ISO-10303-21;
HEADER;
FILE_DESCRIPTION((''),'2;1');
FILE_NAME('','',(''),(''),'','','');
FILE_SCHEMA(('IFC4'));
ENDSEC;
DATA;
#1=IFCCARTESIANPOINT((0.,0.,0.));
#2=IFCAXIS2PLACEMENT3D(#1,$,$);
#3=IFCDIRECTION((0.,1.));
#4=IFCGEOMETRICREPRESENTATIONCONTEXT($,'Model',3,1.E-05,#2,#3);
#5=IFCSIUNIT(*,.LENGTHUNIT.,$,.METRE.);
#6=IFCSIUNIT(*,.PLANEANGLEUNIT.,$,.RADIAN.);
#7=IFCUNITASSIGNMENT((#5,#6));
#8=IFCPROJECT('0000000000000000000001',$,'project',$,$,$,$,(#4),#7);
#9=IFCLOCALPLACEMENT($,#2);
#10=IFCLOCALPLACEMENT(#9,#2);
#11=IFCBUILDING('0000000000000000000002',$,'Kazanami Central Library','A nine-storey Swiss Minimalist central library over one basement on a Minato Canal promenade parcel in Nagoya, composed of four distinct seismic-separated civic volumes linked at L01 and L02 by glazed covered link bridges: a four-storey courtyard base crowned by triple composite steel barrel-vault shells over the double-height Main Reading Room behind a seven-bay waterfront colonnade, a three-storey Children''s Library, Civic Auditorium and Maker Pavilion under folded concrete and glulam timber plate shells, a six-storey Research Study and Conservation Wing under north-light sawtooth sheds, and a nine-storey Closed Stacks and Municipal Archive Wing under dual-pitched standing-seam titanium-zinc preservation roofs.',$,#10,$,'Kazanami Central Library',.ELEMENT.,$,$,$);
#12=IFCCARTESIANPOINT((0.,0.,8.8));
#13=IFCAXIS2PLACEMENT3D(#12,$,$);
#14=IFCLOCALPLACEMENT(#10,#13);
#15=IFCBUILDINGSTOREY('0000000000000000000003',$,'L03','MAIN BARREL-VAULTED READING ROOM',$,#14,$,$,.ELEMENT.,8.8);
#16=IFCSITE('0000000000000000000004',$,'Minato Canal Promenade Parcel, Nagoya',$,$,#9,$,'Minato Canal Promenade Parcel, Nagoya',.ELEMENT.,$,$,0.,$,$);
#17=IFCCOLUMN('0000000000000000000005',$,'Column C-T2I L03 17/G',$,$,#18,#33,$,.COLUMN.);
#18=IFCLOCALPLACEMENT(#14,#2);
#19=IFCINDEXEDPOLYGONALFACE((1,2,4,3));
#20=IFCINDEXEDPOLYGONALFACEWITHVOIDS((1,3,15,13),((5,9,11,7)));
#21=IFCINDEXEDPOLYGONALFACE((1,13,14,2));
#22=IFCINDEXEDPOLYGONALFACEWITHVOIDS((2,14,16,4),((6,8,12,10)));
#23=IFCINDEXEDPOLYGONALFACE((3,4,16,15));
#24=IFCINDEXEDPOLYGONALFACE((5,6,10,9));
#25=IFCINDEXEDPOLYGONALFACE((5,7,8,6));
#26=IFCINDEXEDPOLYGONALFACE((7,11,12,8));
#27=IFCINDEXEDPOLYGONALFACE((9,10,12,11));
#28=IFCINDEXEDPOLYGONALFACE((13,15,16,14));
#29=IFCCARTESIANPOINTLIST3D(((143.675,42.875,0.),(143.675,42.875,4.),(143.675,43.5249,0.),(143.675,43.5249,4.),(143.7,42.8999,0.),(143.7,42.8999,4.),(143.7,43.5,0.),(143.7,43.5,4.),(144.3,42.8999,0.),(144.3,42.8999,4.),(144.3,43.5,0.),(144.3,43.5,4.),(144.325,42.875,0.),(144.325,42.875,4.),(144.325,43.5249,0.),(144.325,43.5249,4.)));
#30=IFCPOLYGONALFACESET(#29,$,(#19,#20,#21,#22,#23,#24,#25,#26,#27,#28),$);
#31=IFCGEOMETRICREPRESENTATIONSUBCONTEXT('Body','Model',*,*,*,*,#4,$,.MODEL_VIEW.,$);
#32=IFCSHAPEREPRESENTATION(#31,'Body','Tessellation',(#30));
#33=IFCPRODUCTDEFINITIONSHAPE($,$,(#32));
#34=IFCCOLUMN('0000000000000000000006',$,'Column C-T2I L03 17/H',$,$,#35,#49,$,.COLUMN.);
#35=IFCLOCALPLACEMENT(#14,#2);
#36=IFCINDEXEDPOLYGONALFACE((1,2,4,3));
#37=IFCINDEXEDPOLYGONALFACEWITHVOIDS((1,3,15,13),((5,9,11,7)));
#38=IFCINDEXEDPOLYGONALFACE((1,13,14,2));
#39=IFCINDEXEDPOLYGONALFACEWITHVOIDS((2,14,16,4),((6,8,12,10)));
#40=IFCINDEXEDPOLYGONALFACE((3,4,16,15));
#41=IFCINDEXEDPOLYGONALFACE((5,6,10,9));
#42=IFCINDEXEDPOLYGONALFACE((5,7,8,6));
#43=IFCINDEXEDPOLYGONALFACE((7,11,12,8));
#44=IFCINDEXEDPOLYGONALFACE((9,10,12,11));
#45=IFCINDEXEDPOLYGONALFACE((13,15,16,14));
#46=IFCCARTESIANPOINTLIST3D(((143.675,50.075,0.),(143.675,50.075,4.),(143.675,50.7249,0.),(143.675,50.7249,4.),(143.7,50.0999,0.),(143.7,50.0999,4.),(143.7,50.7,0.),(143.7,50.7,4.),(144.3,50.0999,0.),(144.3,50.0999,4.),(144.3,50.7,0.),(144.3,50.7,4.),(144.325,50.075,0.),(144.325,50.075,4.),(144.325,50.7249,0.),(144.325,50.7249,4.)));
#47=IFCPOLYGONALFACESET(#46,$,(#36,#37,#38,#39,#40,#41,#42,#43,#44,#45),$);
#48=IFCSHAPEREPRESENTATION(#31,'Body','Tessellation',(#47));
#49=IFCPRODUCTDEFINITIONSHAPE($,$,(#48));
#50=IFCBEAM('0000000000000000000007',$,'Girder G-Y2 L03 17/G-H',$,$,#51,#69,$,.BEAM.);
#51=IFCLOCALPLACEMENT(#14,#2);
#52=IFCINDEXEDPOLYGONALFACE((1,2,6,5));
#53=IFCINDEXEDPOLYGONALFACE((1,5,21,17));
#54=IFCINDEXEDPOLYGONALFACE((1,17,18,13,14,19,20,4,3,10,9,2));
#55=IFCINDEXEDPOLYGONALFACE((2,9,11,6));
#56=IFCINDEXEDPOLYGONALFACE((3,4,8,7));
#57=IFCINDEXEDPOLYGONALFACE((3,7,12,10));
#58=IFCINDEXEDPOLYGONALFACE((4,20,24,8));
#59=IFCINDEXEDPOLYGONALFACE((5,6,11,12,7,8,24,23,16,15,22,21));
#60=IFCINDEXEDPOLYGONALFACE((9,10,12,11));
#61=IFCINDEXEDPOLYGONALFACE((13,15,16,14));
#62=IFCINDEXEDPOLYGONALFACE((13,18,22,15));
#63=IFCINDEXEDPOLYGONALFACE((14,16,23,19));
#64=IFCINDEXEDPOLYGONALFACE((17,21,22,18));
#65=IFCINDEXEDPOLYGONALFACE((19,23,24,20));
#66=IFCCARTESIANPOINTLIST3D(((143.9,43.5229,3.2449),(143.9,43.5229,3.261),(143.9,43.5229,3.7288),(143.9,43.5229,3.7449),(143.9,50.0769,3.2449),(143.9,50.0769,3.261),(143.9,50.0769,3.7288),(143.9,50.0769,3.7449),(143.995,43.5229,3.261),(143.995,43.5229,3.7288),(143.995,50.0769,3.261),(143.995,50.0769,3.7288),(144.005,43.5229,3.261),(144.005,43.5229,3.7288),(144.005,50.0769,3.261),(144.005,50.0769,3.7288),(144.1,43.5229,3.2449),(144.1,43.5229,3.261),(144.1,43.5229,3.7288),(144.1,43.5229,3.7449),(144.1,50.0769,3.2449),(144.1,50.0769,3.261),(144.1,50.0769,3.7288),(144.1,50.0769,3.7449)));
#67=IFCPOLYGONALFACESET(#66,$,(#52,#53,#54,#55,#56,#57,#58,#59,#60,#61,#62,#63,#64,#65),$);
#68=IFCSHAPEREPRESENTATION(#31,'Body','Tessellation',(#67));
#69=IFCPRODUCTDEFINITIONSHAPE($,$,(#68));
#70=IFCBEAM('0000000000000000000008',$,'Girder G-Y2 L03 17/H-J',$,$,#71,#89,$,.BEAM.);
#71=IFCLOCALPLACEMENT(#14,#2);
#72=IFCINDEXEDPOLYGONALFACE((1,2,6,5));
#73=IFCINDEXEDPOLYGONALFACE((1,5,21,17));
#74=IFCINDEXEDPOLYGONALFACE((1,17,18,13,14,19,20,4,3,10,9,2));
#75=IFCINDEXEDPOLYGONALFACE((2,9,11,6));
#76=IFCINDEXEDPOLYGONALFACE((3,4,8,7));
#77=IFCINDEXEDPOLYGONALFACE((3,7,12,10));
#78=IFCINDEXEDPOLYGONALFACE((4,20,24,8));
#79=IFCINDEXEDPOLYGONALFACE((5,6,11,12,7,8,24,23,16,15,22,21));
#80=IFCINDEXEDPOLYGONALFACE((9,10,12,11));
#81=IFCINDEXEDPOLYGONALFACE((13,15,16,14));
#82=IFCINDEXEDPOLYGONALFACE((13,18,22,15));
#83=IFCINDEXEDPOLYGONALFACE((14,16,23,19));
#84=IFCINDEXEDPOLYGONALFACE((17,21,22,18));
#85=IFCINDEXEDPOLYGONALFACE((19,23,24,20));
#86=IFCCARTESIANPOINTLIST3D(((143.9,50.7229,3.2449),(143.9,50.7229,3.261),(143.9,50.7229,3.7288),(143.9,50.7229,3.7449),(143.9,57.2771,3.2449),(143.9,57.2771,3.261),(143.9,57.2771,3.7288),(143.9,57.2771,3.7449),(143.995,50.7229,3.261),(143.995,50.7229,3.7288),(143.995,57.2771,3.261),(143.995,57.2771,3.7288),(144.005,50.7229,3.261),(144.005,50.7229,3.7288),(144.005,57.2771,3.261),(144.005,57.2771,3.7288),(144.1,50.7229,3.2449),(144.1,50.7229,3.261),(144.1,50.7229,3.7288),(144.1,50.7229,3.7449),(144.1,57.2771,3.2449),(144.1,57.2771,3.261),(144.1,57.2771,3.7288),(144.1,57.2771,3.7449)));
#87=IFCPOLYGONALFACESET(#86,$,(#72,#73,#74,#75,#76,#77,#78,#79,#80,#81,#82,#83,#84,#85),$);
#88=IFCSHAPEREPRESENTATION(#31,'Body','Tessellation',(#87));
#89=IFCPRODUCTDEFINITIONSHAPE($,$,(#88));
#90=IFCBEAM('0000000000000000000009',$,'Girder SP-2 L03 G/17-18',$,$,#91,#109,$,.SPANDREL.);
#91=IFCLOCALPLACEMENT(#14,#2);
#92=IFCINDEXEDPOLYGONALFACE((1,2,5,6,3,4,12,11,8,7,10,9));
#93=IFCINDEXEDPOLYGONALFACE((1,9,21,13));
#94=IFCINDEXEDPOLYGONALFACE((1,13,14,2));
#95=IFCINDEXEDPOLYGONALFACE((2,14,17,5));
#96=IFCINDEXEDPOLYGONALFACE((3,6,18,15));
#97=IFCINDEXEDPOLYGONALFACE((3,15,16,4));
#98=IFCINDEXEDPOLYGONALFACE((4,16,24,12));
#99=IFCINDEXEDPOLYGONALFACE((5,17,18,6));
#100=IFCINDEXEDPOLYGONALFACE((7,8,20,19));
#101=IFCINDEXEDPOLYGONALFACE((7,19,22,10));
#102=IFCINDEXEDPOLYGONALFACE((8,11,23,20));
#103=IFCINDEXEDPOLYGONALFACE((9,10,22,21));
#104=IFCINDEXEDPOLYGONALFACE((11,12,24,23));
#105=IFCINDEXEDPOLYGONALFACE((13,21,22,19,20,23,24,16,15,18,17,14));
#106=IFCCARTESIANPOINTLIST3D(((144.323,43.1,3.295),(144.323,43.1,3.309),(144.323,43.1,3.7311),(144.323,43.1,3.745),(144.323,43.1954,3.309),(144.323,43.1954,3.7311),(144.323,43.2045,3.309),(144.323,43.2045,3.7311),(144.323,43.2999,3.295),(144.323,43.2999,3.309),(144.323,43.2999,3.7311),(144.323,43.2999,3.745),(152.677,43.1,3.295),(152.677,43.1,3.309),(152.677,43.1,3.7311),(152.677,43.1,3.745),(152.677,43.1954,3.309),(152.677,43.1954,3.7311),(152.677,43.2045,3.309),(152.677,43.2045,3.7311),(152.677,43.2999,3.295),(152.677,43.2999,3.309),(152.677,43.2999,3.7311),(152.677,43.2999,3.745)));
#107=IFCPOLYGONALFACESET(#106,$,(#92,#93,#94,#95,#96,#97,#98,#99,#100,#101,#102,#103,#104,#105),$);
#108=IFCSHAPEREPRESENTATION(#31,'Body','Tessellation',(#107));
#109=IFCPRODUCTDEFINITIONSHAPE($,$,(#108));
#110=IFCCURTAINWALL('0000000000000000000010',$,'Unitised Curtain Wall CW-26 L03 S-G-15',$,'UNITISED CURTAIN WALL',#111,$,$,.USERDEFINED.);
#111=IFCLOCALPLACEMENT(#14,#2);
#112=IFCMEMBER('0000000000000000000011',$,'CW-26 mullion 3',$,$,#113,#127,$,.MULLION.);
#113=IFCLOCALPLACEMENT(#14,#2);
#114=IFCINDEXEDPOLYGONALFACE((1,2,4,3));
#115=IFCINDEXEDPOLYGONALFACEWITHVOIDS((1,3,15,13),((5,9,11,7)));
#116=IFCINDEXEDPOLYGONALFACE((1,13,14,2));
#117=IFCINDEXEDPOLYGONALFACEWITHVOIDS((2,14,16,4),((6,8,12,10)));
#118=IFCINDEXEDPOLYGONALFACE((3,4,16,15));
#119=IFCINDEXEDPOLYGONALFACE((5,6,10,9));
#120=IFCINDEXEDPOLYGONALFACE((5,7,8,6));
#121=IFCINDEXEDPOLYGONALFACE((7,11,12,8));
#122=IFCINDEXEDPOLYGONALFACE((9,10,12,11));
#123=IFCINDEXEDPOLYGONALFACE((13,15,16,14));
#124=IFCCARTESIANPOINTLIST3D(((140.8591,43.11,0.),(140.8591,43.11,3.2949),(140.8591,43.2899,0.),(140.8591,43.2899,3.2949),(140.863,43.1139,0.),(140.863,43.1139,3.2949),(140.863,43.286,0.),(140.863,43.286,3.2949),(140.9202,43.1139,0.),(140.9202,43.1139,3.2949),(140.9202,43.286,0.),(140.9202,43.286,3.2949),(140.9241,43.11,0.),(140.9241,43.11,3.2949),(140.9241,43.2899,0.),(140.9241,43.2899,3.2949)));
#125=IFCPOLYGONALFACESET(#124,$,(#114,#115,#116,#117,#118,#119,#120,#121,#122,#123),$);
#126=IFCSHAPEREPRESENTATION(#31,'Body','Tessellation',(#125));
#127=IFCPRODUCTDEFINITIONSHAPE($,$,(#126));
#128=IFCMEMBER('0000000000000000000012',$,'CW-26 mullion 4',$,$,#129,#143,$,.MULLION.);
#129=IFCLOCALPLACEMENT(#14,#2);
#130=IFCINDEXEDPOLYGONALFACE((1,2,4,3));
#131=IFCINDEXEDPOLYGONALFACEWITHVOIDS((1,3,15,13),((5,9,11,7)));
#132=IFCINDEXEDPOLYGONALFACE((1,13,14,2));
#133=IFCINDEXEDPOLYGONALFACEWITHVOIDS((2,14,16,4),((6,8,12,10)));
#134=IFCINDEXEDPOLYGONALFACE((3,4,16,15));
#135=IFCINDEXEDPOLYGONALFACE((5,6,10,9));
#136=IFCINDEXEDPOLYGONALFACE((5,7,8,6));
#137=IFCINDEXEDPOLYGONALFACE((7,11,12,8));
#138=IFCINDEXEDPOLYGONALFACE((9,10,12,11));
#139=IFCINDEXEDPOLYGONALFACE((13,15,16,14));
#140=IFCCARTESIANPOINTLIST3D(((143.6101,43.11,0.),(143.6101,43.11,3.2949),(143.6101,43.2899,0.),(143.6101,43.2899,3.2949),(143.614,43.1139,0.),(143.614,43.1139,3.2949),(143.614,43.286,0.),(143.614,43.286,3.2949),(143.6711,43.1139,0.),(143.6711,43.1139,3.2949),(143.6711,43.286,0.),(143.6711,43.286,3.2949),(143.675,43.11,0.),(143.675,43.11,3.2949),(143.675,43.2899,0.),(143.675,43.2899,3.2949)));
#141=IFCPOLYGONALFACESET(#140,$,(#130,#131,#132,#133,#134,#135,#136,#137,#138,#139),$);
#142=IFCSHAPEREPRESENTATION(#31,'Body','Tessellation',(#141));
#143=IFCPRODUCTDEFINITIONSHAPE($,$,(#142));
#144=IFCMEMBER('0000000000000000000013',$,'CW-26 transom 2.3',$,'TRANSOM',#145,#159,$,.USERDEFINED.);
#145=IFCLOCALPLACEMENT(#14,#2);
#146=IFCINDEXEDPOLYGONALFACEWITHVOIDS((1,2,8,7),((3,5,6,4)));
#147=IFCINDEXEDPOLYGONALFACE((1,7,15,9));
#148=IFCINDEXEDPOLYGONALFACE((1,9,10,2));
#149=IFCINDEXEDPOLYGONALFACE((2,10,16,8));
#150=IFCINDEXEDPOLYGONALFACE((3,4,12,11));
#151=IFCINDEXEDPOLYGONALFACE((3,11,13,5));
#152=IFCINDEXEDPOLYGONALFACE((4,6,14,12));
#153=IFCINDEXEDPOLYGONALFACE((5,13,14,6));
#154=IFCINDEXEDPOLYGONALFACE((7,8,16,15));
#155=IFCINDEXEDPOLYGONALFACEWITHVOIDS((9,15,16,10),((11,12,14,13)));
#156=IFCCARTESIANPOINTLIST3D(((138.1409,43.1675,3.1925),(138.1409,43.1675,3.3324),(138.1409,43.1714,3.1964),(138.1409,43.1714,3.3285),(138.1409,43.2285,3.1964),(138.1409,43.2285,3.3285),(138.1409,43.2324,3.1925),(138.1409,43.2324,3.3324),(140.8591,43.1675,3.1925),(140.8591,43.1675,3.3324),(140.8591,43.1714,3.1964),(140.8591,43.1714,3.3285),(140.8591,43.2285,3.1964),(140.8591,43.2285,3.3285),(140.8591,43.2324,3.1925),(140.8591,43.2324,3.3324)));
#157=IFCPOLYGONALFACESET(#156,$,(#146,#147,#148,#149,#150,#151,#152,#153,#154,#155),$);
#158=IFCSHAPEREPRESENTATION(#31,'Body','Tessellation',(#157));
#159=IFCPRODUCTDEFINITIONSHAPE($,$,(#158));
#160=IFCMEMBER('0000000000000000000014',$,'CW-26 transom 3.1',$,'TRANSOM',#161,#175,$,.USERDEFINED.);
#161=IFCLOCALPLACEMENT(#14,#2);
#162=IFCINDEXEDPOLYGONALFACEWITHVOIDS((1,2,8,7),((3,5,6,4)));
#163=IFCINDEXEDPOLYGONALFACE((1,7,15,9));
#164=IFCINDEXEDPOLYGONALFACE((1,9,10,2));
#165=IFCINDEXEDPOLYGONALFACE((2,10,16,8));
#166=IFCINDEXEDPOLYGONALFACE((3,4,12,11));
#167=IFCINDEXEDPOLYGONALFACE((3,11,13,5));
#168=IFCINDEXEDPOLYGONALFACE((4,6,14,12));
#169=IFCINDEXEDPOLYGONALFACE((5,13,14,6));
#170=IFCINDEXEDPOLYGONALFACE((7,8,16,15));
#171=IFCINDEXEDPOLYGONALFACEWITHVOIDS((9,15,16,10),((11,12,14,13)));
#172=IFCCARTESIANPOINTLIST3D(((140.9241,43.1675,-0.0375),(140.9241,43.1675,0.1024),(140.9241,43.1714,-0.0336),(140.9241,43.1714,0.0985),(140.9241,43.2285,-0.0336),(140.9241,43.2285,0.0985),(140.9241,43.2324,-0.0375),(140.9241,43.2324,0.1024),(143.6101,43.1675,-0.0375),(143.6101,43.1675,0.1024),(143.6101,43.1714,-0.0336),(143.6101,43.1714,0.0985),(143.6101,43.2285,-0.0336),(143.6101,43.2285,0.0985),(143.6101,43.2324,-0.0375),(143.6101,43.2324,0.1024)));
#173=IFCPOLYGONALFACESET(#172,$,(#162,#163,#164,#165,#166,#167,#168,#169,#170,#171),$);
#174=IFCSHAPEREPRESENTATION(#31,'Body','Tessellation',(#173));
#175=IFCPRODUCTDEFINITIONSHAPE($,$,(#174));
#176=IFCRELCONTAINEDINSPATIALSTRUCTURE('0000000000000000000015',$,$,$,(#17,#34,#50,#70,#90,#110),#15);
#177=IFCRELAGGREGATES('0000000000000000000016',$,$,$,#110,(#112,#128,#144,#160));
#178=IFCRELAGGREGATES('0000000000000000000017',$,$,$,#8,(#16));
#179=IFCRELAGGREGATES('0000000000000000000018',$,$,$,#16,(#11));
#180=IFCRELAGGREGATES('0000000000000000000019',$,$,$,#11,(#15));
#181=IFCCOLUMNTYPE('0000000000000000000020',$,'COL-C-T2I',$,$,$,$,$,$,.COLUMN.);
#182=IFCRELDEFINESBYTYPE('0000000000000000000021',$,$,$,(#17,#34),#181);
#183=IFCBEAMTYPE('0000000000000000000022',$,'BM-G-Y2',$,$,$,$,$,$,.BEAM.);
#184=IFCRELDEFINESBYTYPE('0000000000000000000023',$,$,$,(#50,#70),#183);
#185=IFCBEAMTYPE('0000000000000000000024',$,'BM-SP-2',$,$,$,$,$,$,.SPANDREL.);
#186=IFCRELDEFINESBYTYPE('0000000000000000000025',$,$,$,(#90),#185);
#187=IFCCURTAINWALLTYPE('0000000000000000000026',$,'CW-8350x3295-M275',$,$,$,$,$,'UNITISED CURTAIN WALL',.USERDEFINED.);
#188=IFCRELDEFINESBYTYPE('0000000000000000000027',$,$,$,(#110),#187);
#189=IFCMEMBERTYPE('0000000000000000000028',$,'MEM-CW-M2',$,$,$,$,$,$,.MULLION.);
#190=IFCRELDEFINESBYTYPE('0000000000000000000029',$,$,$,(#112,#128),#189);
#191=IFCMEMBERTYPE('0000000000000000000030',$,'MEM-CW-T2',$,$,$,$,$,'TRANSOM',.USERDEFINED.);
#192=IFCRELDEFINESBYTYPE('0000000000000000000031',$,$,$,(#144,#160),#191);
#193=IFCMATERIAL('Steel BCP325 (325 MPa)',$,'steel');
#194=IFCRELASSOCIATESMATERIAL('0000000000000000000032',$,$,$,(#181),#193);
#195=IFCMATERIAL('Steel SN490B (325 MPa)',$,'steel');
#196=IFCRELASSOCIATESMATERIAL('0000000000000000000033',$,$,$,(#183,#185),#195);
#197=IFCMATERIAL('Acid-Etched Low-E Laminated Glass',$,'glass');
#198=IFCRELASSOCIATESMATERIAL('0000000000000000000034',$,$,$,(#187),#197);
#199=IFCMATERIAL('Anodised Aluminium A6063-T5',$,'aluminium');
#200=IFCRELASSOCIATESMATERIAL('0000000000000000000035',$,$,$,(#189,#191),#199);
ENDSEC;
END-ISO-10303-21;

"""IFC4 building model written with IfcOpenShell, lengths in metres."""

from ifc_helpers import new_model, si_unit, direction, frame, origin, origin_2d, place, context, subcontext, project, spatial, hollow_rectangle, i_section, extrude, material, material_profile, profile_set, type_object, element, aggregate, save


model = new_model("IFC4")

# Units and contexts
model_context = context("Model", 3, precision=1e-05, world=origin(), true_north=direction((0.0, 1.0)))
body_context = subcontext(model_context, "Body", "Model", "MODEL_VIEW")
ifc_project = project(units=[si_unit("LENGTHUNIT", "METRE"), si_unit("PLANEANGLEUNIT", "RADIAN")], contexts=[model_context])

# Site, building, storey
site_placement = place(None, origin())
site = spatial("IfcSite", under=ifc_project, at=site_placement, Name="Minato Canal Promenade Parcel, Nagoya", LongName="Minato Canal Promenade Parcel, Nagoya", CompositionType="ELEMENT", RefElevation=0.0)
building_placement = place(site_placement, origin())
building = spatial("IfcBuilding", under=site, at=building_placement, Name="Kazanami Central Library", Description="A nine-storey Swiss Minimalist central library over one basement on a Minato Canal promenade parcel in Nagoya, composed of four distinct seismic-separated civic volumes linked at L01 and L02 by glazed covered link bridges: a four-storey courtyard base crowned by triple composite steel barrel-vault shells over the double-height Main Reading Room behind a seven-bay waterfront colonnade, a three-storey Children's Library, Civic Auditorium and Maker Pavilion under folded concrete and glulam timber plate shells, a six-storey Research Study and Conservation Wing under north-light sawtooth sheds, and a nine-storey Closed Stacks and Municipal Archive Wing under dual-pitched standing-seam titanium-zinc preservation roofs.", LongName="Kazanami Central Library", CompositionType="ELEMENT")
storey_placement = place(building_placement, frame((0.0, 0.0, 8.8)))
storey = spatial("IfcBuildingStorey", under=building, at=storey_placement, Name="L03", Description="MAIN BARREL-VAULTED READING ROOM", CompositionType="ELEMENT", Elevation=8.8)

# Columns
ifc_material_1 = material(Name="Steel BCP325 (325 MPa)", Category="steel")
ifc_material_profile_1 = material_profile(ifc_material_1, hollow_rectangle(XDim=0.6499, YDim=0.6499, WallThickness=0.0249, at=origin_2d()), Name="BCP-650x650x25")
ifc_profile_set_1 = profile_set([ifc_material_profile_1], Name="Steel BCP325 (325 MPa)")
column_type = type_object("IfcColumnType", Name="COL-C-T2I", PredefinedType="COLUMN", material=ifc_profile_set_1)
for number, where, z_axis, x_axis, name in (
    (1, (144.0, 43.2, 0.0), (0.0, 0.0, 1.0), (1.0, 0.0, 0.0), "Column C-T2I L03 17/G"),
    (2, (144.0, 50.3999, 0.0), (0.0, 0.0, 1.0), (1.0, 0.0, 0.0), "Column C-T2I L03 17/H"),
):
    element("IfcColumn", number, at=place(storey_placement, frame(where, z_axis=z_axis, x_axis=x_axis)), inside=storey, type_object=column_type, Name=name, PredefinedType="COLUMN", context=body_context, shape_type="SweptSolid", body=[
        extrude(hollow_rectangle(XDim=0.6499, YDim=0.6499, WallThickness=0.0249, at=origin_2d()), origin(), (0.0, 0.0, 1.0), 4.0),
    ])

# Beams
ifc_material_2 = material(Name="Steel SN490B (325 MPa)", Category="steel")
ifc_material_profile_2 = material_profile(ifc_material_2, i_section(OverallWidth=0.2, OverallDepth=0.5, WebThickness=0.01, FlangeThickness=0.0161, at=origin_2d()), Name="H-500x200x10x16")
ifc_profile_set_2 = profile_set([ifc_material_profile_2], Name="Steel SN490B (325 MPa)")
beam_type_1 = type_object("IfcBeamType", Name="BM-G-Y2", PredefinedType="BEAM", material=ifc_profile_set_2)
beam_1_placement = place(storey_placement, frame((144.0, 43.5229, 3.4949), z_axis=(0.0, 1.0, 0.0), x_axis=(-1.0, 0.0, 0.0)))
element("IfcBeam", 3, at=beam_1_placement, inside=storey, type_object=beam_type_1, Name="Girder G-Y2 L03 17/G-H", PredefinedType="BEAM", context=body_context, shape_type="SweptSolid", body=[
    extrude(i_section(OverallWidth=0.2, OverallDepth=0.5, WebThickness=0.01, FlangeThickness=0.0161, at=origin_2d()), origin(), (0.0, 0.0, 1.0), 6.554),
])
beam_2_placement = place(storey_placement, frame((144.0, 50.7229, 3.4949), z_axis=(0.0, 1.0, 0.0), x_axis=(-1.0, 0.0, 0.0)))
element("IfcBeam", 4, at=beam_2_placement, inside=storey, type_object=beam_type_1, Name="Girder G-Y2 L03 17/H-J", PredefinedType="BEAM", context=body_context, shape_type="SweptSolid", body=[
    extrude(i_section(OverallWidth=0.2, OverallDepth=0.5, WebThickness=0.01, FlangeThickness=0.0161, at=origin_2d()), origin(), (0.0, 0.0, 1.0), 6.5542),
])
ifc_material_profile_3 = material_profile(ifc_material_2, i_section(OverallWidth=0.2, OverallDepth=0.45, WebThickness=0.009, FlangeThickness=0.0139, at=origin_2d()), Name="H-450x200x9x14")
ifc_profile_set_3 = profile_set([ifc_material_profile_3], Name="Steel SN490B (325 MPa)")
beam_type_2 = type_object("IfcBeamType", Name="BM-SP-2", PredefinedType="SPANDREL", material=ifc_profile_set_3)
beam_3_placement = place(storey_placement, frame((144.323, 43.2, 3.52), z_axis=(1.0, 0.0, 0.0), x_axis=(0.0, 1.0, 0.0)))
element("IfcBeam", 5, at=beam_3_placement, inside=storey, type_object=beam_type_2, Name="Girder SP-2 L03 G/17-18", PredefinedType="SPANDREL", context=body_context, shape_type="SweptSolid", body=[
    extrude(i_section(OverallWidth=0.2, OverallDepth=0.45, WebThickness=0.009, FlangeThickness=0.0139, at=origin_2d()), origin(), (0.0, 0.0, 1.0), 8.354),
])

# Curtain wall, members
ifc_material_3 = material(Name="Acid-Etched Low-E Laminated Glass", Category="glass")
curtain_wall_type = type_object("IfcCurtainWallType", Name="CW-8350x3295-M275", ElementType="UNITISED CURTAIN WALL", PredefinedType="USERDEFINED", material=ifc_material_3)
curtain_wall_placement = place(storey_placement, origin())
curtain_wall = element("IfcCurtainWall", 6, at=curtain_wall_placement, inside=storey, type_object=curtain_wall_type, Name="Unitised Curtain Wall CW-26 L03 S-G-15", ObjectType="UNITISED CURTAIN WALL", PredefinedType="USERDEFINED")
ifc_material_4 = material(Name="Anodised Aluminium A6063-T5", Category="aluminium")
ifc_material_profile_4 = material_profile(ifc_material_4, hollow_rectangle(XDim=0.0649, YDim=0.1799, WallThickness=0.0039, at=origin_2d()), Name="ALU-MULL-65x180x4")
ifc_profile_set_4 = profile_set([ifc_material_profile_4], Name="Anodised Aluminium A6063-T5")
member_type_1 = type_object("IfcMemberType", Name="MEM-CW-M2", PredefinedType="MULLION", material=ifc_profile_set_4)
member_1_placement = place(storey_placement, frame((140.8916, 43.2, 0.0), z_axis=(0.0, 0.0, 1.0), x_axis=(1.0, 0.0, 0.0)))
member_1 = element("IfcMember", 7, at=member_1_placement, type_object=member_type_1, Name="CW-26 mullion 3", PredefinedType="MULLION", context=body_context, shape_type="SweptSolid", body=[
    extrude(hollow_rectangle(XDim=0.0649, YDim=0.1799, WallThickness=0.0039, at=origin_2d()), origin(), (0.0, 0.0, 1.0), 3.2949),
])
member_2_placement = place(storey_placement, frame((143.6426, 43.2, 0.0), z_axis=(0.0, 0.0, 1.0), x_axis=(1.0, 0.0, 0.0)))
member_2 = element("IfcMember", 8, at=member_2_placement, type_object=member_type_1, Name="CW-26 mullion 4", PredefinedType="MULLION", context=body_context, shape_type="SweptSolid", body=[
    extrude(hollow_rectangle(XDim=0.0649, YDim=0.1799, WallThickness=0.0039, at=origin_2d()), origin(), (0.0, 0.0, 1.0), 3.2949),
])
ifc_material_profile_5 = material_profile(ifc_material_4, hollow_rectangle(XDim=0.0649, YDim=0.1399, WallThickness=0.0039, at=origin_2d()), Name="ALU-TRAN-65x140x4")
ifc_profile_set_5 = profile_set([ifc_material_profile_5], Name="Anodised Aluminium A6063-T5")
member_type_2 = type_object("IfcMemberType", Name="MEM-CW-T2", ElementType="TRANSOM", PredefinedType="USERDEFINED", material=ifc_profile_set_5)
member_3_placement = place(storey_placement, frame((138.1409, 43.2, 3.2625), z_axis=(1.0, 0.0, 0.0), x_axis=(0.0, 1.0, 0.0)))
member_3 = element("IfcMember", 9, at=member_3_placement, type_object=member_type_2, Name="CW-26 transom 2.3", ObjectType="TRANSOM", PredefinedType="USERDEFINED", context=body_context, shape_type="SweptSolid", body=[
    extrude(hollow_rectangle(XDim=0.0649, YDim=0.1399, WallThickness=0.0039, at=origin_2d()), origin(), (0.0, 0.0, 1.0), 2.7183),
])
member_4_placement = place(storey_placement, frame((140.9241, 43.2, 0.0325), z_axis=(1.0, 0.0, 0.0), x_axis=(0.0, 1.0, 0.0)))
member_4 = element("IfcMember", 10, at=member_4_placement, type_object=member_type_2, Name="CW-26 transom 3.1", ObjectType="TRANSOM", PredefinedType="USERDEFINED", context=body_context, shape_type="SweptSolid", body=[
    extrude(hollow_rectangle(XDim=0.0649, YDim=0.1399, WallThickness=0.0039, at=origin_2d()), origin(), (0.0, 0.0, 1.0), 2.686),
])
aggregate(curtain_wall, [member_1, member_2, member_3, member_4])

save(model, "model.ifc")
